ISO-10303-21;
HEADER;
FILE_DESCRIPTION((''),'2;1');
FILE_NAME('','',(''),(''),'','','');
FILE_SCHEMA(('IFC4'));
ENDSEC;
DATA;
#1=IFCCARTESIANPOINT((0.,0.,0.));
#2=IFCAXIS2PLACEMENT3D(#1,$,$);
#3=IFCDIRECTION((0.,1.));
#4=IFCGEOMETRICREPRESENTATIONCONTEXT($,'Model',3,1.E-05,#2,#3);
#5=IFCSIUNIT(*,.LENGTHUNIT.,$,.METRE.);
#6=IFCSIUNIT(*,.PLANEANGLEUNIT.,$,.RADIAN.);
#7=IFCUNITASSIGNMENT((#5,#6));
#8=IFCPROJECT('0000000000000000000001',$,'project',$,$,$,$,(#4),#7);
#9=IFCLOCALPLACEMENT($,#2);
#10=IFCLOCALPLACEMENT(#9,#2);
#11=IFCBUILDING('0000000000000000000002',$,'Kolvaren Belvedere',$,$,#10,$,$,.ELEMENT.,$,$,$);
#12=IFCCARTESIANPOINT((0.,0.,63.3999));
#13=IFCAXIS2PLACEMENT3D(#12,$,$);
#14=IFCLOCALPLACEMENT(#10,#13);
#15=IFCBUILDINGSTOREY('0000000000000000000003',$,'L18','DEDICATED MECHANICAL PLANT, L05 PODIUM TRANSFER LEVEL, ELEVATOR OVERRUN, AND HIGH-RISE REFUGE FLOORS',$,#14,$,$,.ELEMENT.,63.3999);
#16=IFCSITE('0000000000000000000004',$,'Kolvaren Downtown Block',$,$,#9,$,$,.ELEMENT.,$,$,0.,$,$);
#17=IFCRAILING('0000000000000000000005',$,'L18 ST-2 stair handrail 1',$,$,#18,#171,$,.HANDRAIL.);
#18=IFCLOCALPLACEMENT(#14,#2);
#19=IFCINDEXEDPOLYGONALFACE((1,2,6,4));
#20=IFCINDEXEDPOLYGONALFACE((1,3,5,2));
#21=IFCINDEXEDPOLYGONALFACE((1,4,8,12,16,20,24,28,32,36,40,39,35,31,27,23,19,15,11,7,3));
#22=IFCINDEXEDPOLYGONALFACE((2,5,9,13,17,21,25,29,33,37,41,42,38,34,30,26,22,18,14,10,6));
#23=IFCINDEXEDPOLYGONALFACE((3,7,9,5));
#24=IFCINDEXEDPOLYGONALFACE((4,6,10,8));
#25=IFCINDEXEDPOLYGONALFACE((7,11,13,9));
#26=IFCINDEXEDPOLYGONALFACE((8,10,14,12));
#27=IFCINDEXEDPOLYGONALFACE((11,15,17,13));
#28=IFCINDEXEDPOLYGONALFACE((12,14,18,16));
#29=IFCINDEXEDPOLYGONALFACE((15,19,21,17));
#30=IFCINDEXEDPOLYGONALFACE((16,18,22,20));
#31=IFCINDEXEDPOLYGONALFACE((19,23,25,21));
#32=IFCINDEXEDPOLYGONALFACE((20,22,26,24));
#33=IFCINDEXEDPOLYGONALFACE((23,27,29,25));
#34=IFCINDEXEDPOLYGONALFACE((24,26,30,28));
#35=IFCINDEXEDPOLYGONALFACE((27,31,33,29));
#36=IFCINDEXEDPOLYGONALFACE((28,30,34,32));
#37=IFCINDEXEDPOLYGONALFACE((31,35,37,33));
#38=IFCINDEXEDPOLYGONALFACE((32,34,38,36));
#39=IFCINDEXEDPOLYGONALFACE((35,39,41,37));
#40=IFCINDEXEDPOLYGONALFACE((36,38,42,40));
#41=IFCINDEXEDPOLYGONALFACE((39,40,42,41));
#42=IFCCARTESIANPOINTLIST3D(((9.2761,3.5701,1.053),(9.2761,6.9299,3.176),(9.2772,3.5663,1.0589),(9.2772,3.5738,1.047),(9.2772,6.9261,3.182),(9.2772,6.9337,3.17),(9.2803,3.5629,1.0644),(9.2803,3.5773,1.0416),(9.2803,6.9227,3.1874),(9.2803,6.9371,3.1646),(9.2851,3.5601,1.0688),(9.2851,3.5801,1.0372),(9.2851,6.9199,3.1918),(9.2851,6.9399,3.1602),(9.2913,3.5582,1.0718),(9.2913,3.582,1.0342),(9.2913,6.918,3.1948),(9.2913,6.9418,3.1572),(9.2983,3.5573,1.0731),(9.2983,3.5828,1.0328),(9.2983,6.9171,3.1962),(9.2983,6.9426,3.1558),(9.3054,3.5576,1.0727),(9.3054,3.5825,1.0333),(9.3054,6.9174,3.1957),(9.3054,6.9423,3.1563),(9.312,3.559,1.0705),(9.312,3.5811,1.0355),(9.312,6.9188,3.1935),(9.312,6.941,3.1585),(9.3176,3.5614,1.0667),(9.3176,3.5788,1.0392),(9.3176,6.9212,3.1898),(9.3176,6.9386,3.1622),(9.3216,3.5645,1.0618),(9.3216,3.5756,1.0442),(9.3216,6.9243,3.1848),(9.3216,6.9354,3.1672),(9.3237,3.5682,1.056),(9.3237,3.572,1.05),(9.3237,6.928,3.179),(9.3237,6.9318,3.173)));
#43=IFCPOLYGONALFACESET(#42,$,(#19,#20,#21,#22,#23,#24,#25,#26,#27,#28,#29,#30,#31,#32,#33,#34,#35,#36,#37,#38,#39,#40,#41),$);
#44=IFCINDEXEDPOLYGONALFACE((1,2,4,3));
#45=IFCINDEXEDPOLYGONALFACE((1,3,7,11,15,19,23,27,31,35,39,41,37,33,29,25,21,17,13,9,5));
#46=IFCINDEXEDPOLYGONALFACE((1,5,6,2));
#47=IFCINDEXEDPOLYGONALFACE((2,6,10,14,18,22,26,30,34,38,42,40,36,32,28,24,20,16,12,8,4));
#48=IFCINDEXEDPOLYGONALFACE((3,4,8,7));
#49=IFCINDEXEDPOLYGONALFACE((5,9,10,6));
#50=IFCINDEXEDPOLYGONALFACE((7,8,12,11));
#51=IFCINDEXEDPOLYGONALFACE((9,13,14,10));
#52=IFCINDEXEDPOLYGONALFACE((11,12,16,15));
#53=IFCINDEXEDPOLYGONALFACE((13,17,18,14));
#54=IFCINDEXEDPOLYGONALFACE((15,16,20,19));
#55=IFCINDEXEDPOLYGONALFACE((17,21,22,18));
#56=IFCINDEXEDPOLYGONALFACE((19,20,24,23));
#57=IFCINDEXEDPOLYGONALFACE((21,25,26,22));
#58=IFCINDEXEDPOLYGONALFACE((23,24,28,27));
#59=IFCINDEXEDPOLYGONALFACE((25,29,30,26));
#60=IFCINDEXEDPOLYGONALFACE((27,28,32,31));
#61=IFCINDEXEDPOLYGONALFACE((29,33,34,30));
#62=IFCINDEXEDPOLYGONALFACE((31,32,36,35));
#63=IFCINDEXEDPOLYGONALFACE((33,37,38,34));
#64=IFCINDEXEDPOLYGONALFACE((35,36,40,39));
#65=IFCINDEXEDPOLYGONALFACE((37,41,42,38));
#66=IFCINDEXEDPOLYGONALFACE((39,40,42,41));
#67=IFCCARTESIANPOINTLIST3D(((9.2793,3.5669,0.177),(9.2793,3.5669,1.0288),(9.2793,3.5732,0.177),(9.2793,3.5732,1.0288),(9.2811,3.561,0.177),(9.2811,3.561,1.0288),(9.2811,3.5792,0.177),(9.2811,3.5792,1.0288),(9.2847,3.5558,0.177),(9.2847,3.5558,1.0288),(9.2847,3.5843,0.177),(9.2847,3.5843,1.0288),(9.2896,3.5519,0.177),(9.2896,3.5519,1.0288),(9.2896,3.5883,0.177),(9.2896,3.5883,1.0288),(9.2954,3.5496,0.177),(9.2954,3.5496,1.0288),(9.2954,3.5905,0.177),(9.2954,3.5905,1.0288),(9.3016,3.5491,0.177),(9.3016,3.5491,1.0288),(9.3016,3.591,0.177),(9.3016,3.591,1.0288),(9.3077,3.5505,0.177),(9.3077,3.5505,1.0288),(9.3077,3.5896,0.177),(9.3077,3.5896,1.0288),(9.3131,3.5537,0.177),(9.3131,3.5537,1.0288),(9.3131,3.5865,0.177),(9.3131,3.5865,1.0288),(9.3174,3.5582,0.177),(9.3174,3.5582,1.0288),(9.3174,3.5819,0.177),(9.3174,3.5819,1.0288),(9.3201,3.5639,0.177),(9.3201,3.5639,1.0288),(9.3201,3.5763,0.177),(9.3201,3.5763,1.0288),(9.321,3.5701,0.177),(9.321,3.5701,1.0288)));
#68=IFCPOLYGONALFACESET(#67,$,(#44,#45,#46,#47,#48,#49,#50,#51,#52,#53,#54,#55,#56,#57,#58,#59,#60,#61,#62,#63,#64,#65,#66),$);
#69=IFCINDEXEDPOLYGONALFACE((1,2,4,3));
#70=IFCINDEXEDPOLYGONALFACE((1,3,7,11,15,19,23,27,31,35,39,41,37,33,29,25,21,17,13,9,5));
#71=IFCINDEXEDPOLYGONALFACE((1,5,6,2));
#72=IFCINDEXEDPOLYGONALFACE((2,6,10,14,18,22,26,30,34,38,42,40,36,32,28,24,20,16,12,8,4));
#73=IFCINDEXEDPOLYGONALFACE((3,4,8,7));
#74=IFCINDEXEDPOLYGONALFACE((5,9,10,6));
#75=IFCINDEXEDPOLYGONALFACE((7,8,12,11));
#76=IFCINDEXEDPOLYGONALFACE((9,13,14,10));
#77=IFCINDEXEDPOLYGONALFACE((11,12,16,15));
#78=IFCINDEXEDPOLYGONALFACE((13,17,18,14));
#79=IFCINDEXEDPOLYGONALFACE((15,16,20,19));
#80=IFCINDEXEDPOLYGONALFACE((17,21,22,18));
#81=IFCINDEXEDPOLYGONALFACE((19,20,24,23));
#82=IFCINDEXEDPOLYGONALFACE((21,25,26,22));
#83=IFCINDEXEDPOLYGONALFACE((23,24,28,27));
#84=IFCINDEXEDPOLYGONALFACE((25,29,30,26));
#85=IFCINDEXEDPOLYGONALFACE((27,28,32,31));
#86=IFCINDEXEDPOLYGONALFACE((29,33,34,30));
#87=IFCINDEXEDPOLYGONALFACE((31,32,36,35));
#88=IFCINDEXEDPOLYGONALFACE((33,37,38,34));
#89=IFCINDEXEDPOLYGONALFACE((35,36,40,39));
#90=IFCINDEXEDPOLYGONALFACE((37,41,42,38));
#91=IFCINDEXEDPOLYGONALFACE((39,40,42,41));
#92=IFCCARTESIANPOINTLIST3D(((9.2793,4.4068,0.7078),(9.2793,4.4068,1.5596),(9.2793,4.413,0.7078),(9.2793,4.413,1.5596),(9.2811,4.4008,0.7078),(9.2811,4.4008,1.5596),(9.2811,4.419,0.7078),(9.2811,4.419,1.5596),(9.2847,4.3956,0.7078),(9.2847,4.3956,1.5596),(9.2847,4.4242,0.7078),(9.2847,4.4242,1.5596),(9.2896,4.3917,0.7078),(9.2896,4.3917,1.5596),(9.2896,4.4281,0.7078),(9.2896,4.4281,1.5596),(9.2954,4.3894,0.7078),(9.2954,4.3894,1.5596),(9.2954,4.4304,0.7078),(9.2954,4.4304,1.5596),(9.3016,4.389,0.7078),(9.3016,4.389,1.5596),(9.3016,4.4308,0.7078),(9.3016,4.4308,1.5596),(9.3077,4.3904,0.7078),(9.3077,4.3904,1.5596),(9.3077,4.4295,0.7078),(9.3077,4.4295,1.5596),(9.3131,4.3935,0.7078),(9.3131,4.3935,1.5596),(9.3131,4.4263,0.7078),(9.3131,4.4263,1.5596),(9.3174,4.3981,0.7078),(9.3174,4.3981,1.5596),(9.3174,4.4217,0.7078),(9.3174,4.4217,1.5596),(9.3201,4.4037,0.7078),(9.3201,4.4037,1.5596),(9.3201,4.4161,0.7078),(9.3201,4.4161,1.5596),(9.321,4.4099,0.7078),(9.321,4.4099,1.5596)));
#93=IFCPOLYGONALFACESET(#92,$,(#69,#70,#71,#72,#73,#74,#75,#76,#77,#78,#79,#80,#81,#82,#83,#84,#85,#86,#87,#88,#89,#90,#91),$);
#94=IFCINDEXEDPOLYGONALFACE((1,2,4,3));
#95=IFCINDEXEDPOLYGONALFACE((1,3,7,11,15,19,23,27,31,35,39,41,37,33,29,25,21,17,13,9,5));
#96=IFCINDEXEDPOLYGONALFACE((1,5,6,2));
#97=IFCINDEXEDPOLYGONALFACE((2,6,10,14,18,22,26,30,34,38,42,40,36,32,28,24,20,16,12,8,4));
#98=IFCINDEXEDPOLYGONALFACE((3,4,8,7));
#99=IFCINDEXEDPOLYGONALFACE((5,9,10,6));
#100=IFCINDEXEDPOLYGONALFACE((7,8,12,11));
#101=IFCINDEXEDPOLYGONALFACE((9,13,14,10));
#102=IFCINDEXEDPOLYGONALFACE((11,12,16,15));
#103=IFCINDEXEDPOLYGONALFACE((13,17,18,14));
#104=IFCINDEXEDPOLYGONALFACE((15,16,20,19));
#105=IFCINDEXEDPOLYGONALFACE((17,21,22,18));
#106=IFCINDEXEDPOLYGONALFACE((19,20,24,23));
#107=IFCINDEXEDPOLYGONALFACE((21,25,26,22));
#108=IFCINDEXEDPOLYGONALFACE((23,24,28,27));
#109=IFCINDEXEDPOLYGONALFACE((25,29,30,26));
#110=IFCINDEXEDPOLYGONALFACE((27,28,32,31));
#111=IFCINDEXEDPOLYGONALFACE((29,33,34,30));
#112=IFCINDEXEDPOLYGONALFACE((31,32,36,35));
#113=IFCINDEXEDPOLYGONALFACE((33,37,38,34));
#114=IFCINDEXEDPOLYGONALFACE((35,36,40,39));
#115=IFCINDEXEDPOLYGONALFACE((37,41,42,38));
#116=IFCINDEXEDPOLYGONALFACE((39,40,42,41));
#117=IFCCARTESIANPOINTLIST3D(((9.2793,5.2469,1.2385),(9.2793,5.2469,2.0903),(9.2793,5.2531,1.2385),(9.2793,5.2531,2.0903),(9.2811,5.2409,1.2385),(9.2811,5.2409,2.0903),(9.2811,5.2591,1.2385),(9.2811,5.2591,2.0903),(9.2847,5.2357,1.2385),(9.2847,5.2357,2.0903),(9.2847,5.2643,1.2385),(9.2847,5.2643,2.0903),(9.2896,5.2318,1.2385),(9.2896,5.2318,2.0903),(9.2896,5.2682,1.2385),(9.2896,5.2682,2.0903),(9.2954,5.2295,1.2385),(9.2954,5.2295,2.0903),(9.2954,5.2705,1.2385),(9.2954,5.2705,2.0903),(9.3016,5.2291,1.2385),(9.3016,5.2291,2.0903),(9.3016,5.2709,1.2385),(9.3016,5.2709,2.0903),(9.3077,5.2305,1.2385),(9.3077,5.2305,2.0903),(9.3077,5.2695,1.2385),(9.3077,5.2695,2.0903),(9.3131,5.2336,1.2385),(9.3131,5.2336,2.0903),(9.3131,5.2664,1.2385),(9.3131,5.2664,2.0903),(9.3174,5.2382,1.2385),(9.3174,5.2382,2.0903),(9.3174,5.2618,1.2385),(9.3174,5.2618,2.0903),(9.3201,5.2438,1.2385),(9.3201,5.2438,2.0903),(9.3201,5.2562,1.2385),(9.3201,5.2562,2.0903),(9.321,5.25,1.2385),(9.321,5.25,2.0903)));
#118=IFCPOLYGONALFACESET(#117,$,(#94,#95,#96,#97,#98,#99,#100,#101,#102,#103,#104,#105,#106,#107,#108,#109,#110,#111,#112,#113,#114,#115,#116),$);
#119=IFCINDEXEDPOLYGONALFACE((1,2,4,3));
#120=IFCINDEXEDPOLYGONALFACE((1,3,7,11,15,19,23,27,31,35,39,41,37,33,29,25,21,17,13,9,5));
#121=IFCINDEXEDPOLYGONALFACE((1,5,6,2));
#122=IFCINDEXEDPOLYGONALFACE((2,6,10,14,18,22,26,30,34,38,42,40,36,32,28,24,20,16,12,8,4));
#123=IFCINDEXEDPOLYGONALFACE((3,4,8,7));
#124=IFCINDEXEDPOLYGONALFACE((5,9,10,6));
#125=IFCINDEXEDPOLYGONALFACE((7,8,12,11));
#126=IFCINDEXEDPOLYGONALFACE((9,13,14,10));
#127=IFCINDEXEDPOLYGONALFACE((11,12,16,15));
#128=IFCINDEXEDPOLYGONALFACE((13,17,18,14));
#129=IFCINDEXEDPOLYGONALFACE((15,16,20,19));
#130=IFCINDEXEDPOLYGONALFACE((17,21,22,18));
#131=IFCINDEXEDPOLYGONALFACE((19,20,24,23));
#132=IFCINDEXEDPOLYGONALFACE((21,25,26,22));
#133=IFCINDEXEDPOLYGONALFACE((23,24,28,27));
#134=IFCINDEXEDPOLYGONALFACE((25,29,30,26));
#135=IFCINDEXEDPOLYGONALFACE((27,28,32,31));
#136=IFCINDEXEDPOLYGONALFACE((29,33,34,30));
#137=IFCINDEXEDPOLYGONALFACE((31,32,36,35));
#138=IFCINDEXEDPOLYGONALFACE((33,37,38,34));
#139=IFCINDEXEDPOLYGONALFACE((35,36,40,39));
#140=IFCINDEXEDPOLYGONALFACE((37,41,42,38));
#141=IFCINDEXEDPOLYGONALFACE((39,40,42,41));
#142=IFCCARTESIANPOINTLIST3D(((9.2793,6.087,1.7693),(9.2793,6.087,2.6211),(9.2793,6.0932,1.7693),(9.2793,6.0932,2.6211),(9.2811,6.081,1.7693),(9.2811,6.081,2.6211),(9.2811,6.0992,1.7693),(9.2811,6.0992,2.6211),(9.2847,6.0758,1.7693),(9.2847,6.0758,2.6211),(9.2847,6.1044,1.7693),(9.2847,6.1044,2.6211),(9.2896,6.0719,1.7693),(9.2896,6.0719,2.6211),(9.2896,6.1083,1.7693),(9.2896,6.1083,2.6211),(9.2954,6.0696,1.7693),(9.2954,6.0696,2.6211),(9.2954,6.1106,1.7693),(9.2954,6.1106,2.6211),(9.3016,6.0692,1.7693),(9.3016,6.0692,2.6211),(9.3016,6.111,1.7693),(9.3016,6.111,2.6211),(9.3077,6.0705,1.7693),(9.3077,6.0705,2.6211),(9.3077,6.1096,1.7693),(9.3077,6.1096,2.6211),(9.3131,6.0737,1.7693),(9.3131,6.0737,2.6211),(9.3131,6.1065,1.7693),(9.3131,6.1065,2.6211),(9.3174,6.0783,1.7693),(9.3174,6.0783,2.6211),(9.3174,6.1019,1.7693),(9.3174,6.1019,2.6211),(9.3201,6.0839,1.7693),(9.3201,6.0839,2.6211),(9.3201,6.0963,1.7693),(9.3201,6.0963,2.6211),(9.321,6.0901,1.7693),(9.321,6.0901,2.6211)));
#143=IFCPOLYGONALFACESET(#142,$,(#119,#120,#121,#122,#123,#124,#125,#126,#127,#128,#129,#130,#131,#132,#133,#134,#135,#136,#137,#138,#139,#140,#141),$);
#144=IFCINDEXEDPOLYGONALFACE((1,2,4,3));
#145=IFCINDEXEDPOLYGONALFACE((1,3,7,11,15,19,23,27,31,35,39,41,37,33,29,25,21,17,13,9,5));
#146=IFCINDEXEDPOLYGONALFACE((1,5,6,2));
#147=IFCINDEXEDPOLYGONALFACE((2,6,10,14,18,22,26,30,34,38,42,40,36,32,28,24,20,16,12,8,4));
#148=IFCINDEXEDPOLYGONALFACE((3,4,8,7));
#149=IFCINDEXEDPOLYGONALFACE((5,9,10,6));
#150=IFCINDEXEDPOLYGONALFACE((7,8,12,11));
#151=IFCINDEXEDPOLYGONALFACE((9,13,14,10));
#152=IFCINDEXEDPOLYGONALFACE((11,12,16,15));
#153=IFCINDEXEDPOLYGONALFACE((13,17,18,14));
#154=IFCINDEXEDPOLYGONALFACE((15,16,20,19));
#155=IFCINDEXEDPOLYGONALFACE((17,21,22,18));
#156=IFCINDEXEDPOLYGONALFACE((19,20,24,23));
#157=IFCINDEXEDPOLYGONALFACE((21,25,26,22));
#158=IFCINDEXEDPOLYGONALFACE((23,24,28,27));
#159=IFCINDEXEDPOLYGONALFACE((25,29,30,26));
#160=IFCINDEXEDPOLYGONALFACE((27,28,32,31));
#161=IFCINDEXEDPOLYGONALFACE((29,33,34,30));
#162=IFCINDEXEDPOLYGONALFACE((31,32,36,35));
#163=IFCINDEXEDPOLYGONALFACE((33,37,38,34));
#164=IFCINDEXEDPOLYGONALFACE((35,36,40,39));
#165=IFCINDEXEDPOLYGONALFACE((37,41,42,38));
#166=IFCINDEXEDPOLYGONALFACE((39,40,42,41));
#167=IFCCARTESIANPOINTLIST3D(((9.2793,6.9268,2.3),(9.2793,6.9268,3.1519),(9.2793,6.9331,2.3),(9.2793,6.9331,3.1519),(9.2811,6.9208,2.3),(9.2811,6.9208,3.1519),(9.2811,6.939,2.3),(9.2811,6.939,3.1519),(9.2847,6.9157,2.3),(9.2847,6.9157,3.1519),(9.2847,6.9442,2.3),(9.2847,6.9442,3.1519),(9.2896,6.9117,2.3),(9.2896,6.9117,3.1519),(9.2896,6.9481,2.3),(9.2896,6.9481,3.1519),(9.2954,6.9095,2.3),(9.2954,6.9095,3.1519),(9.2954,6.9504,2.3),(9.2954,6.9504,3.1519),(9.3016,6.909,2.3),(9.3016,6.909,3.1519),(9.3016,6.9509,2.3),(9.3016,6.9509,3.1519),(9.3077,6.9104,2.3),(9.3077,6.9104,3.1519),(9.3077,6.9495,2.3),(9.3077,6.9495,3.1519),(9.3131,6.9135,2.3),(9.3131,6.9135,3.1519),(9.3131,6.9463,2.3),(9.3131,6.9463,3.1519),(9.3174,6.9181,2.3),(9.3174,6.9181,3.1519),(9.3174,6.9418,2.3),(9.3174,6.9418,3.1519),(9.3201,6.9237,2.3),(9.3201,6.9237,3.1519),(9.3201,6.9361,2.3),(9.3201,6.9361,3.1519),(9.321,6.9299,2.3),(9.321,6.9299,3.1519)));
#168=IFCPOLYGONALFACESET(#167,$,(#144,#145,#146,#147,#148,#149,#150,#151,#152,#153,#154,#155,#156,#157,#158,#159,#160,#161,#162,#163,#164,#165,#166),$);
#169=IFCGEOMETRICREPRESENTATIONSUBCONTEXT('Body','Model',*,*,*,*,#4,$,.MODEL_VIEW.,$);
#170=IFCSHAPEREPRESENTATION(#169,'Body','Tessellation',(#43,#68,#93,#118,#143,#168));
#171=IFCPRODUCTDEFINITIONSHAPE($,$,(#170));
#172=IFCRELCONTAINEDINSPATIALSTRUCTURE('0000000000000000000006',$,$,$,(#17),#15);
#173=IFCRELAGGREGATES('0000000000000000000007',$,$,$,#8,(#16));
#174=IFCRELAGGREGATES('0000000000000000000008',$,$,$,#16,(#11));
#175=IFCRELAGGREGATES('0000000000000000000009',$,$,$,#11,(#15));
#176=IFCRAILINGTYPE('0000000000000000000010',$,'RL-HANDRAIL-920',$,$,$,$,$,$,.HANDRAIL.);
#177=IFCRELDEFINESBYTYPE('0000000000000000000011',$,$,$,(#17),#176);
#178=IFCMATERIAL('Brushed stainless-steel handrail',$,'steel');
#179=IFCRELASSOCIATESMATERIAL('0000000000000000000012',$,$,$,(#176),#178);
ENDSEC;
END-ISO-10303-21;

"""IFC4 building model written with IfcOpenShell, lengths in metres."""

from ifc_helpers import new_model, si_unit, direction, frame, origin, origin_2d, place, context, subcontext, project, spatial, circle, extrude, material, type_object, element, save


model = new_model("IFC4")

# Units and contexts
model_context = context("Model", 3, precision=1e-05, world=origin(), true_north=direction((0.0, 1.0)))
body_context = subcontext(model_context, "Body", "Model", "MODEL_VIEW")
ifc_project = project(units=[si_unit("LENGTHUNIT", "METRE"), si_unit("PLANEANGLEUNIT", "RADIAN")], contexts=[model_context])

# Site, building, storey
site_placement = place(None, origin())
site = spatial("IfcSite", under=ifc_project, at=site_placement, Name="Kolvaren Downtown Block", CompositionType="ELEMENT", RefElevation=0.0)
building_placement = place(site_placement, origin())
building = spatial("IfcBuilding", under=site, at=building_placement, Name="Kolvaren Belvedere", CompositionType="ELEMENT")
storey_placement = place(building_placement, frame((0.0, 0.0, 63.3999)))
storey = spatial("IfcBuildingStorey", under=building, at=storey_placement, Name="L18", Description="DEDICATED MECHANICAL PLANT, L05 PODIUM TRANSFER LEVEL, ELEVATOR OVERRUN, AND HIGH-RISE REFUGE FLOORS", CompositionType="ELEMENT", Elevation=63.3999)

# Railing
ifc_material_1 = material(Name="Brushed stainless-steel handrail", Category="steel")
railing_type_1 = type_object("IfcRailingType", Name="RL-HANDRAIL-920", PredefinedType="HANDRAIL", material=ifc_material_1)
railing_1_placement = place(storey_placement, frame((9.3, 3.5701, 0.177)))
element("IfcRailing", 1, at=railing_1_placement, inside=storey, type_object=railing_type_1, Name="L18 ST-2 stair handrail 1", PredefinedType="HANDRAIL", context=body_context, shape_type="SweptSolid", body=[
    extrude(circle(Radius=0.0239, at=origin_2d()), frame((0.0, 0.0, 0.876), z_axis=(0.0, 0.845372, 0.534178), x_axis=(-1.0, 0.0, 0.0)), (0.0, 0.0, 1.0), 3.9744),
    extrude(circle(Radius=0.021, at=origin_2d()), origin(), (0.0, 0.0, 1.0), 0.8518),
    extrude(circle(Radius=0.021, at=origin_2d()), frame((0.0, 0.8398, 0.5308)), (0.0, 0.0, 1.0), 0.8518),
    extrude(circle(Radius=0.021, at=origin_2d()), frame((0.0, 1.6799, 1.0615)), (0.0, 0.0, 1.0), 0.8518),
    extrude(circle(Radius=0.021, at=origin_2d()), frame((0.0, 2.52, 1.5923)), (0.0, 0.0, 1.0), 0.8518),
    extrude(circle(Radius=0.021, at=origin_2d()), frame((0.0, 3.3599, 2.123)), (0.0, 0.0, 1.0), 0.8518),
])

save(model, "model.ifc")
